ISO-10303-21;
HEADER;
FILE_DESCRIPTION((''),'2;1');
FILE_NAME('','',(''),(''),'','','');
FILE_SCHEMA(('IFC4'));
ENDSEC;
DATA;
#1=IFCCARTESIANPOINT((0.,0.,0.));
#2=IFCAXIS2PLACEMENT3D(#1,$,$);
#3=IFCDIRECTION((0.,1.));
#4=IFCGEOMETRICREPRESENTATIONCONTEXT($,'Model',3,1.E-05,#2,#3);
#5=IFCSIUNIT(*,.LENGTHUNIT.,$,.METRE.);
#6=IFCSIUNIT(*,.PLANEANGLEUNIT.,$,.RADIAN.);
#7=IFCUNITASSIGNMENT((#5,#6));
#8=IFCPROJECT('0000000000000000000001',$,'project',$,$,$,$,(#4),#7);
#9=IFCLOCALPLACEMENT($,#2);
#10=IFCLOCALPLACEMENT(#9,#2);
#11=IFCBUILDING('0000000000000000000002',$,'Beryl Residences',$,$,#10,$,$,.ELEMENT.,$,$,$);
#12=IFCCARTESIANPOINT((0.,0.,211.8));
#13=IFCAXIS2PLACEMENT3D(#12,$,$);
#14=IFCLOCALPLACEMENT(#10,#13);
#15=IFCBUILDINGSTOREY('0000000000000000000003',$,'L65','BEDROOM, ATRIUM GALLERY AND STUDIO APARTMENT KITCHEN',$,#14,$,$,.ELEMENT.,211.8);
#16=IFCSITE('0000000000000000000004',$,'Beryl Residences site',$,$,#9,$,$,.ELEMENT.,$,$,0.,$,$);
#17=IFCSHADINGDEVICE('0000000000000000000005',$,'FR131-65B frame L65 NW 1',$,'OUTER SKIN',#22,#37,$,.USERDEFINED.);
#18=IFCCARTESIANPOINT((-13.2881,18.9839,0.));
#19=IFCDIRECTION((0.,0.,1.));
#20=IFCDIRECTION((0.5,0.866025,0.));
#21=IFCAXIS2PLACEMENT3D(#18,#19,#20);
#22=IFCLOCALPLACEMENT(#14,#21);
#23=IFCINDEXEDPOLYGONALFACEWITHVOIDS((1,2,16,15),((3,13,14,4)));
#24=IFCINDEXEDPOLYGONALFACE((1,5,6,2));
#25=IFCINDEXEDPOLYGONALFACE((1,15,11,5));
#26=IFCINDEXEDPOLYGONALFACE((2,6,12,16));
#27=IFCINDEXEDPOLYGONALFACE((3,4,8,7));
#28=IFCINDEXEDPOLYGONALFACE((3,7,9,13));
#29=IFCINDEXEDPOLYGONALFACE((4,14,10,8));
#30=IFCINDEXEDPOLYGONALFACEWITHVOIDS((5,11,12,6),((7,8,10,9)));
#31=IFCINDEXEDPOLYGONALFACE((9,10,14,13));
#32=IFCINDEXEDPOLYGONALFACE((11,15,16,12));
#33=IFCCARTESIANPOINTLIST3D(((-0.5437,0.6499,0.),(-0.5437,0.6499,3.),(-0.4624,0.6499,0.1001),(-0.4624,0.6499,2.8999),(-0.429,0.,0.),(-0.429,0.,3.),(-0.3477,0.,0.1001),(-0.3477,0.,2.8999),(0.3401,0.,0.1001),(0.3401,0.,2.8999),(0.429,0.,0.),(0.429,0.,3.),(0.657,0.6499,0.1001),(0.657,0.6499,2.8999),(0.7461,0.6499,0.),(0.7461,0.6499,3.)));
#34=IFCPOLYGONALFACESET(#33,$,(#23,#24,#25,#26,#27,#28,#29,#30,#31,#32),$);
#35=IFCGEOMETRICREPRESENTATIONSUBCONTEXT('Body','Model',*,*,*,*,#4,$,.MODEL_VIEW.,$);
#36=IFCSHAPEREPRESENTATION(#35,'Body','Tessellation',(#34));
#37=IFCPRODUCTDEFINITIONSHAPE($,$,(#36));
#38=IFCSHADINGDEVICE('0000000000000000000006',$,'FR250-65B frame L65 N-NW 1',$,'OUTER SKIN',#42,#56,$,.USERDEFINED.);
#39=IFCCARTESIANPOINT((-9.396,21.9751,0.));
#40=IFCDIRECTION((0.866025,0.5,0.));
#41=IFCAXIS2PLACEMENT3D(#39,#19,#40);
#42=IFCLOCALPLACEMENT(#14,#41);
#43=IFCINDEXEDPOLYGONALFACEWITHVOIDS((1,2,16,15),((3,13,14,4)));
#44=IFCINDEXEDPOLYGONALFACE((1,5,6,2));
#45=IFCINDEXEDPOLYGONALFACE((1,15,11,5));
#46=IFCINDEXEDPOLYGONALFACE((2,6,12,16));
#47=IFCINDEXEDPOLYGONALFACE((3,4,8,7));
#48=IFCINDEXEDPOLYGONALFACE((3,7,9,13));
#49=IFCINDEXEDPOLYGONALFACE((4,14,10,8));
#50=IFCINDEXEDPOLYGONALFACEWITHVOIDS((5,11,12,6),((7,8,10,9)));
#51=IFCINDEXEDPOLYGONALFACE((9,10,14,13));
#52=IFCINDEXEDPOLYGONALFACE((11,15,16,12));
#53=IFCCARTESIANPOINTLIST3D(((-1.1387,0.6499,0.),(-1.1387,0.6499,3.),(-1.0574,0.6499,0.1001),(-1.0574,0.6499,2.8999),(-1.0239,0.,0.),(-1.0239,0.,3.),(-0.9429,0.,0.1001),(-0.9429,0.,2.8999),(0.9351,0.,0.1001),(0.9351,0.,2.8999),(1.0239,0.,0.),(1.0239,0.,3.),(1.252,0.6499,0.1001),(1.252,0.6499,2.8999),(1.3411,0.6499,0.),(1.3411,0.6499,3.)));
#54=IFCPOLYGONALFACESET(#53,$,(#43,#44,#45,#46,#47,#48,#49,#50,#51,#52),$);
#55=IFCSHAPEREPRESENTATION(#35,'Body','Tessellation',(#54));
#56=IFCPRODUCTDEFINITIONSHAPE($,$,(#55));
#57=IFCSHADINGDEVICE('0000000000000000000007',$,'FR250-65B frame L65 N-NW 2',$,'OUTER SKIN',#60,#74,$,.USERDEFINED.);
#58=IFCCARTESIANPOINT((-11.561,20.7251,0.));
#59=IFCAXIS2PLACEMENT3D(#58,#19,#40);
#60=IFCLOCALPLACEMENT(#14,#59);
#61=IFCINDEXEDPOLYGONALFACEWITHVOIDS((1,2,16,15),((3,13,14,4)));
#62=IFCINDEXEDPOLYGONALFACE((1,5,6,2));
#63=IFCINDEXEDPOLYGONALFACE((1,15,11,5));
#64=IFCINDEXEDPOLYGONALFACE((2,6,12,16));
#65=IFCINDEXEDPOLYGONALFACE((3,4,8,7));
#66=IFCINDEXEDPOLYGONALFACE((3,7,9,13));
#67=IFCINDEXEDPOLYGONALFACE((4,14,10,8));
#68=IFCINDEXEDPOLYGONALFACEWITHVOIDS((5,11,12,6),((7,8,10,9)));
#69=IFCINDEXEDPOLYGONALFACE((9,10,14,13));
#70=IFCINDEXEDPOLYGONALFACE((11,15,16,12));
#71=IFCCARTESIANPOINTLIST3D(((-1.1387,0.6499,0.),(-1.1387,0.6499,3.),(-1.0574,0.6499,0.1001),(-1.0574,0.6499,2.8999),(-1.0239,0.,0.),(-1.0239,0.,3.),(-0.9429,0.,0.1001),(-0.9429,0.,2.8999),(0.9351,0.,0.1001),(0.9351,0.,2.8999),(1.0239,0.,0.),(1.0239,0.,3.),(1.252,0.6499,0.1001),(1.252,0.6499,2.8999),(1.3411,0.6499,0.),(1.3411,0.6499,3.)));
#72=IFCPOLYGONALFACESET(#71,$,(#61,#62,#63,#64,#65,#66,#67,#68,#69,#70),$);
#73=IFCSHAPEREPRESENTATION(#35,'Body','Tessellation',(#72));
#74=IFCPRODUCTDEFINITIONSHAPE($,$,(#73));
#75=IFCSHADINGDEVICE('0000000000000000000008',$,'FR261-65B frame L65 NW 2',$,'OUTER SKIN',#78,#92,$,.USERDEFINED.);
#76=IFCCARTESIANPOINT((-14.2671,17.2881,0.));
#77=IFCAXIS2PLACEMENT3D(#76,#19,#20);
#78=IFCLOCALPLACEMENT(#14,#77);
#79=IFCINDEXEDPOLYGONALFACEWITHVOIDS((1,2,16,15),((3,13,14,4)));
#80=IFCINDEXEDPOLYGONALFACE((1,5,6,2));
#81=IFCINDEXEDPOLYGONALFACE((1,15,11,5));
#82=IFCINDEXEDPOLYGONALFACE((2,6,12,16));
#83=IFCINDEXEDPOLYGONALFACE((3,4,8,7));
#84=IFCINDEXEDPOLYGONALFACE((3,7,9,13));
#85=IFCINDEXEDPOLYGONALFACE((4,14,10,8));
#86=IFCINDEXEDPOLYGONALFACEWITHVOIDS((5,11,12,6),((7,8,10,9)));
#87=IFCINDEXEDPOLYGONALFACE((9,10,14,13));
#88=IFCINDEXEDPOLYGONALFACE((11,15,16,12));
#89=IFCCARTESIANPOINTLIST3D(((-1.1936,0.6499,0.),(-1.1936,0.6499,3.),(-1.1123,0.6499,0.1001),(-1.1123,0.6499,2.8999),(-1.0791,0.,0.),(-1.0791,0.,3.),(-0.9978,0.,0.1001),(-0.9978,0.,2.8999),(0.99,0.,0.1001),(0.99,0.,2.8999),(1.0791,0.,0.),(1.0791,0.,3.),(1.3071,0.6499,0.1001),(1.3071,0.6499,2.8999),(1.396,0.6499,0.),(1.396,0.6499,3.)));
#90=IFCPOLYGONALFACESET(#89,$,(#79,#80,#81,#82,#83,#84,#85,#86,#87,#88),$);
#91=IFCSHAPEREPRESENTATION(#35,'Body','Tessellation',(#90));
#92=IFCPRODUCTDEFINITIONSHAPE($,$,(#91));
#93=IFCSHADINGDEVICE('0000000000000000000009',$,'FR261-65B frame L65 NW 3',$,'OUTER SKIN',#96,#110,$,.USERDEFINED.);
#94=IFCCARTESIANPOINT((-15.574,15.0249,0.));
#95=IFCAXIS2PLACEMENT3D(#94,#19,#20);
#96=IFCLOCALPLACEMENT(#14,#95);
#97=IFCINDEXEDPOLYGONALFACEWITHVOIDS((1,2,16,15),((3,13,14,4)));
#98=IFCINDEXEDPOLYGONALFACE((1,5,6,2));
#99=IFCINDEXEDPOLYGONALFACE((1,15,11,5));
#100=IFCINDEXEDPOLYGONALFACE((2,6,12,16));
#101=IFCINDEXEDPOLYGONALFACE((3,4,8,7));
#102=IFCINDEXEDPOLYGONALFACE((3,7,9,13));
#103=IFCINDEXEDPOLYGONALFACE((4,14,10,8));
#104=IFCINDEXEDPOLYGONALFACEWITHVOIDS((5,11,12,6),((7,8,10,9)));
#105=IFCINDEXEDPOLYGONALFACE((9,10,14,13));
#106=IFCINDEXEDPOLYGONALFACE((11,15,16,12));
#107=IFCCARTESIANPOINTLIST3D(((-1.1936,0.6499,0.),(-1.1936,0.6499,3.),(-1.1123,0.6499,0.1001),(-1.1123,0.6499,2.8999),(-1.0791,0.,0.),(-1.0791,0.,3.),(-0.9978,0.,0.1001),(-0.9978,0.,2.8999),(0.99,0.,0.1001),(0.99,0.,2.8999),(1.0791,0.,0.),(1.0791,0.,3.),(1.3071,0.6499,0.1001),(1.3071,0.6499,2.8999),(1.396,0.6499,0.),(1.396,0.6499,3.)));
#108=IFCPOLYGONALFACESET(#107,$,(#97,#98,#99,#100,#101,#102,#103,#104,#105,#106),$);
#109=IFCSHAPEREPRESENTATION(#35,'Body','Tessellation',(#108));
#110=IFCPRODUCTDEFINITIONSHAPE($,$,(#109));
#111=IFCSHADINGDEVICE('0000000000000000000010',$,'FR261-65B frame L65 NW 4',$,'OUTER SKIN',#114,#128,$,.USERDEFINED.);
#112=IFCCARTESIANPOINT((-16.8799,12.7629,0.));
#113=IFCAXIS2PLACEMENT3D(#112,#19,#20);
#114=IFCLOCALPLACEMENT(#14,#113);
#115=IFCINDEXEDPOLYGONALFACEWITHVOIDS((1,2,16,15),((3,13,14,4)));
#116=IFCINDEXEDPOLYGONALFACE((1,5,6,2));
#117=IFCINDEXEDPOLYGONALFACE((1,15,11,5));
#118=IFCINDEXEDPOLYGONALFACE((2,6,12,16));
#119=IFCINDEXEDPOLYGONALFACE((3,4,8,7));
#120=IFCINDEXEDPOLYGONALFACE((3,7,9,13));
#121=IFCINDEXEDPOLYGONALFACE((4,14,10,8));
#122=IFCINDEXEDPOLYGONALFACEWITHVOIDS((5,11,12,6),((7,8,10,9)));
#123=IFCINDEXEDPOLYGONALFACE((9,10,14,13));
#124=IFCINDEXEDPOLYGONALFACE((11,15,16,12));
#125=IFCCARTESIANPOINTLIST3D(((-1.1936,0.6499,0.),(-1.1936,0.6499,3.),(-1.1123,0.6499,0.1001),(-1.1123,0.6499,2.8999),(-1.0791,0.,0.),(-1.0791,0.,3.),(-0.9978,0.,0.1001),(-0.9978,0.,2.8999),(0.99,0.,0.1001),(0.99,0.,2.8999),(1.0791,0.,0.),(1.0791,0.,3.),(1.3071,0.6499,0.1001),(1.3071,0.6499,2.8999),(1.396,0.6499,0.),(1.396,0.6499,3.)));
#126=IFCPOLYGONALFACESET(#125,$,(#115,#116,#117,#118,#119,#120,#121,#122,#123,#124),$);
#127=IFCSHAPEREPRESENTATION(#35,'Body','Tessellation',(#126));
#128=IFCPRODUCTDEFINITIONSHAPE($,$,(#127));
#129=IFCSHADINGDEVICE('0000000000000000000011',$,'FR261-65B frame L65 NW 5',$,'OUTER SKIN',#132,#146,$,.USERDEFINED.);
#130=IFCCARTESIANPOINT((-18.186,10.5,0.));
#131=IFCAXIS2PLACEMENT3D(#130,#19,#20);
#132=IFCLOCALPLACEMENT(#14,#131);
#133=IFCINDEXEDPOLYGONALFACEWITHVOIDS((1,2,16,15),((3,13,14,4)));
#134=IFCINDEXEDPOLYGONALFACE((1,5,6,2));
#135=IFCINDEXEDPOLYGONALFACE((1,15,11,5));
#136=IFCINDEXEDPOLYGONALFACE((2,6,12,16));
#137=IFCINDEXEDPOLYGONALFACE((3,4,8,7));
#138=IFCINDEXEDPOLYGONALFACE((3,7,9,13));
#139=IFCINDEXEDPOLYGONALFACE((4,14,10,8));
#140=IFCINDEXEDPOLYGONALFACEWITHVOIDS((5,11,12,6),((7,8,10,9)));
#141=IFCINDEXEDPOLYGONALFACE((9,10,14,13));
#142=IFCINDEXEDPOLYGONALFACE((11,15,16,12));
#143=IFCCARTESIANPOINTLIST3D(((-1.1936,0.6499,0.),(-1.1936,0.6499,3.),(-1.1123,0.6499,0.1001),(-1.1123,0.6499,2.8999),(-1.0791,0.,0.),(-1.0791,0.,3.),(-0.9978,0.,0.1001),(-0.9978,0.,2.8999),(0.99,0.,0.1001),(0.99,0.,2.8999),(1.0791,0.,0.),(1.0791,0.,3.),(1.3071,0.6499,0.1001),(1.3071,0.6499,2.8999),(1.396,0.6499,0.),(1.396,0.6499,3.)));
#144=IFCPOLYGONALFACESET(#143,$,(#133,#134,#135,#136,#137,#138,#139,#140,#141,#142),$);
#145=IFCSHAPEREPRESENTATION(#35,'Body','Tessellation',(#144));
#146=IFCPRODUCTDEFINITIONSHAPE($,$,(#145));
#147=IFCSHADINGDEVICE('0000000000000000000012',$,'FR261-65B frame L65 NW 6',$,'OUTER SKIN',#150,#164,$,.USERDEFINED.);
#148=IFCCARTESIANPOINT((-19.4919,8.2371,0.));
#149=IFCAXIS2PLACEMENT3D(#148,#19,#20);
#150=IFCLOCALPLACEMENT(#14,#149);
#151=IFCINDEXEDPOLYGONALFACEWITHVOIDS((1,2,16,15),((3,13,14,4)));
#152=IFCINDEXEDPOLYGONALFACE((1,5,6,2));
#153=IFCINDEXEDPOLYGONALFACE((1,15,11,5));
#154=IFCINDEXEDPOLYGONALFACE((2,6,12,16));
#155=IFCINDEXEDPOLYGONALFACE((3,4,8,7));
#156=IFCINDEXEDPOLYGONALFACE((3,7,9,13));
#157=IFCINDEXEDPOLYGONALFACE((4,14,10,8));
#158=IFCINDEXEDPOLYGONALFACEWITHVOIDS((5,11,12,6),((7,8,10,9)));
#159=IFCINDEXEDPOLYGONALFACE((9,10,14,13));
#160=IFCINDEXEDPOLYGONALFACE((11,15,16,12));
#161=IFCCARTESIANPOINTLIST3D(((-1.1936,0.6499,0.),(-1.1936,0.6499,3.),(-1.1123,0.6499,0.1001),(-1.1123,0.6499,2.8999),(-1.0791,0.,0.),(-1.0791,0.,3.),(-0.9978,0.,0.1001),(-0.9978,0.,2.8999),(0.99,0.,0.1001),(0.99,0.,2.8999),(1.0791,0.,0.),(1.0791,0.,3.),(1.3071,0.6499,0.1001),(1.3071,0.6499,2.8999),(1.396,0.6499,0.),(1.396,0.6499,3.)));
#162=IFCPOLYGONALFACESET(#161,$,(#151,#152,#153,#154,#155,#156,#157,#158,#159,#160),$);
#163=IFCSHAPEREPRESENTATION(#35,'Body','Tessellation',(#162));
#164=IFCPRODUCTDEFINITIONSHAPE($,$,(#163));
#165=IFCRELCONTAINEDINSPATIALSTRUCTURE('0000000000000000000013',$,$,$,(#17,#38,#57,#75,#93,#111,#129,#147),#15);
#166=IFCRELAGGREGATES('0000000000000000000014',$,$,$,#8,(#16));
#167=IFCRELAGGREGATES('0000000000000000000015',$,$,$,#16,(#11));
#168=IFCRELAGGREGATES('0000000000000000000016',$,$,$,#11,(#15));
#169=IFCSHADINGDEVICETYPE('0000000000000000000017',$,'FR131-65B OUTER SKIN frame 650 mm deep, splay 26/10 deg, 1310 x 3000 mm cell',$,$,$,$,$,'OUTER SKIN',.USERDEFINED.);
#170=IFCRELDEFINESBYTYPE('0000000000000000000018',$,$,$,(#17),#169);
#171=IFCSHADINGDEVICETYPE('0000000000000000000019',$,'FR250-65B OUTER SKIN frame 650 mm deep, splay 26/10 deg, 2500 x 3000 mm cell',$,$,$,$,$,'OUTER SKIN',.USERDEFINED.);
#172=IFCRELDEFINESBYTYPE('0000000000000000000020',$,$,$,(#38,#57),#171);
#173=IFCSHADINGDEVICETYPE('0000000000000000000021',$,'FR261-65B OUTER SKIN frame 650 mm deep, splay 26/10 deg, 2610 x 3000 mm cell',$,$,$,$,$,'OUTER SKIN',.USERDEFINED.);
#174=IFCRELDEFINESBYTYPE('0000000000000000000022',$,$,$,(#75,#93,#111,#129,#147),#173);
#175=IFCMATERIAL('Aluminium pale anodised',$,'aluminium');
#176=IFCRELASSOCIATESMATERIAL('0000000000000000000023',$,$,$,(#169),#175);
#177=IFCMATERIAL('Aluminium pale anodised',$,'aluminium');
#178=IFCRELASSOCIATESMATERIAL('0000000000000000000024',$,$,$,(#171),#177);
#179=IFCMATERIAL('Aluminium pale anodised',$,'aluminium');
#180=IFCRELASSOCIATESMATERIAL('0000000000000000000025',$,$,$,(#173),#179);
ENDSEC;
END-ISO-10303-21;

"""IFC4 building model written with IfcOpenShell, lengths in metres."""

from ifc_helpers import new_model, entity, si_unit, direction, frame, origin, place, context, subcontext, project, spatial, source, transform, mapped, material, type_object, type_shapes, element, save


model = new_model("IFC4")

# Units and contexts
model_context = context("Model", 3, precision=1e-05, world=origin(), true_north=direction((0.0, 1.0)))
body_context = subcontext(model_context, "Body", "Model", "MODEL_VIEW")
ifc_project = project(units=[si_unit("LENGTHUNIT", "METRE"), si_unit("PLANEANGLEUNIT", "RADIAN")], contexts=[model_context])

# Site, building, storey
site_placement = place(None, origin())
site = spatial("IfcSite", under=ifc_project, at=site_placement, Name="Beryl Residences site", CompositionType="ELEMENT", RefElevation=0.0)
building_placement = place(site_placement, origin())
building = spatial("IfcBuilding", under=site, at=building_placement, Name="Beryl Residences", CompositionType="ELEMENT")
storey_placement = place(building_placement, frame((0.0, 0.0, 211.8)))
storey = spatial("IfcBuildingStorey", under=building, at=storey_placement, Name="L65", Description="BEDROOM, ATRIUM GALLERY AND STUDIO APARTMENT KITCHEN", CompositionType="ELEMENT", Elevation=211.8)

# Shading devices
ifc_material_1 = material(Name="Aluminium pale anodised", Category="aluminium")
shading_device_type_1 = type_object("IfcShadingDeviceType", Name="FR131-65B OUTER SKIN frame 650 mm deep, splay 26/10 deg, 1310 x 3000 mm cell", ElementType="OUTER SKIN", PredefinedType="USERDEFINED", material=ifc_material_1)
cartesian_point_1 = entity("IfcCartesianPoint", [-0.429, 0.0])
cartesian_point_2 = entity("IfcCartesianPoint", [-0.3401, 0.1001])
cartesian_point_3 = entity("IfcCartesianPoint", [-0.7461, 0.0])
cartesian_point_4 = entity("IfcCartesianPoint", [-0.657, 0.1001])
shared_shape_1 = source(origin(), body_context, "Body", "SweptSolid", [
    entity("IfcExtrudedAreaSolidTapered", entity("IfcArbitraryProfileDefWithVoids", "AREA", None, entity("IfcPolyline", [cartesian_point_1, entity("IfcCartesianPoint", [0.429, 0.0]), entity("IfcCartesianPoint", [0.429, 3.0]), entity("IfcCartesianPoint", [-0.429, 3.0]), cartesian_point_1]), [entity("IfcPolyline", [cartesian_point_2, entity("IfcCartesianPoint", [0.3477, 0.1001]), entity("IfcCartesianPoint", [0.3477, 2.8999]), entity("IfcCartesianPoint", [-0.3401, 2.8999]), cartesian_point_2])]), entity("IfcAxis2Placement3D", entity("IfcCartesianPoint", [0.0, 0.0, 0.0]), entity("IfcDirection", [0.0, 1.0, 0.0]), entity("IfcDirection", [-1.0, 0.0, 0.0])), entity("IfcDirection", [0.0, 0.0, 1.0]), 0.6499, entity("IfcArbitraryProfileDefWithVoids", "AREA", None, entity("IfcPolyline", [cartesian_point_3, entity("IfcCartesianPoint", [0.5437, 0.0]), entity("IfcCartesianPoint", [0.5437, 3.0]), entity("IfcCartesianPoint", [-0.7461, 3.0]), cartesian_point_3]), [entity("IfcPolyline", [cartesian_point_4, entity("IfcCartesianPoint", [0.4624, 0.1001]), entity("IfcCartesianPoint", [0.4624, 2.8999]), entity("IfcCartesianPoint", [-0.657, 2.8999]), cartesian_point_4])])),
])
type_shapes(shading_device_type_1, [shared_shape_1])
shading_device_placement = place(storey_placement, frame((-13.2881, 18.9839, 0.0), z_axis=(0.0, 0.0, 1.0), x_axis=(0.5, 0.866025, 0.0)))
element("IfcShadingDevice", 1, at=shading_device_placement, inside=storey, type_object=shading_device_type_1, Name="FR131-65B frame L65 NW 1", ObjectType="OUTER SKIN", PredefinedType="USERDEFINED", context=body_context, shape_type="MappedRepresentation", body=[
    mapped(shared_shape_1, transform((0.0, 0.0, 0.0))),
])
ifc_material_2 = material(Name="Aluminium pale anodised", Category="aluminium")
shading_device_type_2 = type_object("IfcShadingDeviceType", Name="FR250-65B OUTER SKIN frame 650 mm deep, splay 26/10 deg, 2500 x 3000 mm cell", ElementType="OUTER SKIN", PredefinedType="USERDEFINED", material=ifc_material_2)
cartesian_point_5 = entity("IfcCartesianPoint", [-1.0239, 0.0])
cartesian_point_6 = entity("IfcCartesianPoint", [-0.9351, 0.1001])
cartesian_point_7 = entity("IfcCartesianPoint", [-1.3411, 0.0])
cartesian_point_8 = entity("IfcCartesianPoint", [-1.252, 0.1001])
shared_shape_2 = source(origin(), body_context, "Body", "SweptSolid", [
    entity("IfcExtrudedAreaSolidTapered", entity("IfcArbitraryProfileDefWithVoids", "AREA", None, entity("IfcPolyline", [cartesian_point_5, entity("IfcCartesianPoint", [1.0239, 0.0]), entity("IfcCartesianPoint", [1.0239, 3.0]), entity("IfcCartesianPoint", [-1.0239, 3.0]), cartesian_point_5]), [entity("IfcPolyline", [cartesian_point_6, entity("IfcCartesianPoint", [0.9429, 0.1001]), entity("IfcCartesianPoint", [0.9429, 2.8999]), entity("IfcCartesianPoint", [-0.9351, 2.8999]), cartesian_point_6])]), entity("IfcAxis2Placement3D", entity("IfcCartesianPoint", [0.0, 0.0, 0.0]), entity("IfcDirection", [0.0, 1.0, 0.0]), entity("IfcDirection", [-1.0, 0.0, 0.0])), entity("IfcDirection", [0.0, 0.0, 1.0]), 0.6499, entity("IfcArbitraryProfileDefWithVoids", "AREA", None, entity("IfcPolyline", [cartesian_point_7, entity("IfcCartesianPoint", [1.1387, 0.0]), entity("IfcCartesianPoint", [1.1387, 3.0]), entity("IfcCartesianPoint", [-1.3411, 3.0]), cartesian_point_7]), [entity("IfcPolyline", [cartesian_point_8, entity("IfcCartesianPoint", [1.0574, 0.1001]), entity("IfcCartesianPoint", [1.0574, 2.8999]), entity("IfcCartesianPoint", [-1.252, 2.8999]), cartesian_point_8])])),
])
type_shapes(shading_device_type_2, [shared_shape_2])
for number, where, z_axis, x_axis, name in (
    (2, (-9.396, 21.9751, 0.0), (0.0, 0.0, 1.0), (0.866025, 0.5, 0.0), "FR250-65B frame L65 N-NW 1"),
    (3, (-11.561, 20.7251, 0.0), (0.0, 0.0, 1.0), (0.866025, 0.5, 0.0), "FR250-65B frame L65 N-NW 2"),
):
    element("IfcShadingDevice", number, at=place(storey_placement, frame(where, z_axis=z_axis, x_axis=x_axis)), inside=storey, type_object=shading_device_type_2, Name=name, ObjectType="OUTER SKIN", PredefinedType="USERDEFINED", context=body_context, shape_type="MappedRepresentation", body=[
        mapped(shared_shape_2, transform((0.0, 0.0, 0.0))),
    ])
ifc_material_3 = material(Name="Aluminium pale anodised", Category="aluminium")
shading_device_type_3 = type_object("IfcShadingDeviceType", Name="FR261-65B OUTER SKIN frame 650 mm deep, splay 26/10 deg, 2610 x 3000 mm cell", ElementType="OUTER SKIN", PredefinedType="USERDEFINED", material=ifc_material_3)
cartesian_point_9 = entity("IfcCartesianPoint", [-1.0791, 0.0])
cartesian_point_10 = entity("IfcCartesianPoint", [-0.99, 0.1001])
cartesian_point_11 = entity("IfcCartesianPoint", [-1.396, 0.0])
cartesian_point_12 = entity("IfcCartesianPoint", [-1.3071, 0.1001])
shared_shape_3 = source(origin(), body_context, "Body", "SweptSolid", [
    entity("IfcExtrudedAreaSolidTapered", entity("IfcArbitraryProfileDefWithVoids", "AREA", None, entity("IfcPolyline", [cartesian_point_9, entity("IfcCartesianPoint", [1.0791, 0.0]), entity("IfcCartesianPoint", [1.0791, 3.0]), entity("IfcCartesianPoint", [-1.0791, 3.0]), cartesian_point_9]), [entity("IfcPolyline", [cartesian_point_10, entity("IfcCartesianPoint", [0.9978, 0.1001]), entity("IfcCartesianPoint", [0.9978, 2.8999]), entity("IfcCartesianPoint", [-0.99, 2.8999]), cartesian_point_10])]), entity("IfcAxis2Placement3D", entity("IfcCartesianPoint", [0.0, 0.0, 0.0]), entity("IfcDirection", [0.0, 1.0, 0.0]), entity("IfcDirection", [-1.0, 0.0, 0.0])), entity("IfcDirection", [0.0, 0.0, 1.0]), 0.6499, entity("IfcArbitraryProfileDefWithVoids", "AREA", None, entity("IfcPolyline", [cartesian_point_11, entity("IfcCartesianPoint", [1.1936, 0.0]), entity("IfcCartesianPoint", [1.1936, 3.0]), entity("IfcCartesianPoint", [-1.396, 3.0]), cartesian_point_11]), [entity("IfcPolyline", [cartesian_point_12, entity("IfcCartesianPoint", [1.1123, 0.1001]), entity("IfcCartesianPoint", [1.1123, 2.8999]), entity("IfcCartesianPoint", [-1.3071, 2.8999]), cartesian_point_12])])),
])
type_shapes(shading_device_type_3, [shared_shape_3])
for number, where, z_axis, x_axis, name in (
    (4, (-14.2671, 17.2881, 0.0), (0.0, 0.0, 1.0), (0.5, 0.866025, 0.0), "FR261-65B frame L65 NW 2"),
    (5, (-15.574, 15.0249, 0.0), (0.0, 0.0, 1.0), (0.5, 0.866025, 0.0), "FR261-65B frame L65 NW 3"),
    (6, (-16.8799, 12.7629, 0.0), (0.0, 0.0, 1.0), (0.5, 0.866025, 0.0), "FR261-65B frame L65 NW 4"),
    (7, (-18.186, 10.5, 0.0), (0.0, 0.0, 1.0), (0.5, 0.866025, 0.0), "FR261-65B frame L65 NW 5"),
    (8, (-19.4919, 8.2371, 0.0), (0.0, 0.0, 1.0), (0.5, 0.866025, 0.0), "FR261-65B frame L65 NW 6"),
):
    element("IfcShadingDevice", number, at=place(storey_placement, frame(where, z_axis=z_axis, x_axis=x_axis)), inside=storey, type_object=shading_device_type_3, Name=name, ObjectType="OUTER SKIN", PredefinedType="USERDEFINED", context=body_context, shape_type="MappedRepresentation", body=[
        mapped(shared_shape_3, transform((0.0, 0.0, 0.0))),
    ])

save(model, "model.ifc")
